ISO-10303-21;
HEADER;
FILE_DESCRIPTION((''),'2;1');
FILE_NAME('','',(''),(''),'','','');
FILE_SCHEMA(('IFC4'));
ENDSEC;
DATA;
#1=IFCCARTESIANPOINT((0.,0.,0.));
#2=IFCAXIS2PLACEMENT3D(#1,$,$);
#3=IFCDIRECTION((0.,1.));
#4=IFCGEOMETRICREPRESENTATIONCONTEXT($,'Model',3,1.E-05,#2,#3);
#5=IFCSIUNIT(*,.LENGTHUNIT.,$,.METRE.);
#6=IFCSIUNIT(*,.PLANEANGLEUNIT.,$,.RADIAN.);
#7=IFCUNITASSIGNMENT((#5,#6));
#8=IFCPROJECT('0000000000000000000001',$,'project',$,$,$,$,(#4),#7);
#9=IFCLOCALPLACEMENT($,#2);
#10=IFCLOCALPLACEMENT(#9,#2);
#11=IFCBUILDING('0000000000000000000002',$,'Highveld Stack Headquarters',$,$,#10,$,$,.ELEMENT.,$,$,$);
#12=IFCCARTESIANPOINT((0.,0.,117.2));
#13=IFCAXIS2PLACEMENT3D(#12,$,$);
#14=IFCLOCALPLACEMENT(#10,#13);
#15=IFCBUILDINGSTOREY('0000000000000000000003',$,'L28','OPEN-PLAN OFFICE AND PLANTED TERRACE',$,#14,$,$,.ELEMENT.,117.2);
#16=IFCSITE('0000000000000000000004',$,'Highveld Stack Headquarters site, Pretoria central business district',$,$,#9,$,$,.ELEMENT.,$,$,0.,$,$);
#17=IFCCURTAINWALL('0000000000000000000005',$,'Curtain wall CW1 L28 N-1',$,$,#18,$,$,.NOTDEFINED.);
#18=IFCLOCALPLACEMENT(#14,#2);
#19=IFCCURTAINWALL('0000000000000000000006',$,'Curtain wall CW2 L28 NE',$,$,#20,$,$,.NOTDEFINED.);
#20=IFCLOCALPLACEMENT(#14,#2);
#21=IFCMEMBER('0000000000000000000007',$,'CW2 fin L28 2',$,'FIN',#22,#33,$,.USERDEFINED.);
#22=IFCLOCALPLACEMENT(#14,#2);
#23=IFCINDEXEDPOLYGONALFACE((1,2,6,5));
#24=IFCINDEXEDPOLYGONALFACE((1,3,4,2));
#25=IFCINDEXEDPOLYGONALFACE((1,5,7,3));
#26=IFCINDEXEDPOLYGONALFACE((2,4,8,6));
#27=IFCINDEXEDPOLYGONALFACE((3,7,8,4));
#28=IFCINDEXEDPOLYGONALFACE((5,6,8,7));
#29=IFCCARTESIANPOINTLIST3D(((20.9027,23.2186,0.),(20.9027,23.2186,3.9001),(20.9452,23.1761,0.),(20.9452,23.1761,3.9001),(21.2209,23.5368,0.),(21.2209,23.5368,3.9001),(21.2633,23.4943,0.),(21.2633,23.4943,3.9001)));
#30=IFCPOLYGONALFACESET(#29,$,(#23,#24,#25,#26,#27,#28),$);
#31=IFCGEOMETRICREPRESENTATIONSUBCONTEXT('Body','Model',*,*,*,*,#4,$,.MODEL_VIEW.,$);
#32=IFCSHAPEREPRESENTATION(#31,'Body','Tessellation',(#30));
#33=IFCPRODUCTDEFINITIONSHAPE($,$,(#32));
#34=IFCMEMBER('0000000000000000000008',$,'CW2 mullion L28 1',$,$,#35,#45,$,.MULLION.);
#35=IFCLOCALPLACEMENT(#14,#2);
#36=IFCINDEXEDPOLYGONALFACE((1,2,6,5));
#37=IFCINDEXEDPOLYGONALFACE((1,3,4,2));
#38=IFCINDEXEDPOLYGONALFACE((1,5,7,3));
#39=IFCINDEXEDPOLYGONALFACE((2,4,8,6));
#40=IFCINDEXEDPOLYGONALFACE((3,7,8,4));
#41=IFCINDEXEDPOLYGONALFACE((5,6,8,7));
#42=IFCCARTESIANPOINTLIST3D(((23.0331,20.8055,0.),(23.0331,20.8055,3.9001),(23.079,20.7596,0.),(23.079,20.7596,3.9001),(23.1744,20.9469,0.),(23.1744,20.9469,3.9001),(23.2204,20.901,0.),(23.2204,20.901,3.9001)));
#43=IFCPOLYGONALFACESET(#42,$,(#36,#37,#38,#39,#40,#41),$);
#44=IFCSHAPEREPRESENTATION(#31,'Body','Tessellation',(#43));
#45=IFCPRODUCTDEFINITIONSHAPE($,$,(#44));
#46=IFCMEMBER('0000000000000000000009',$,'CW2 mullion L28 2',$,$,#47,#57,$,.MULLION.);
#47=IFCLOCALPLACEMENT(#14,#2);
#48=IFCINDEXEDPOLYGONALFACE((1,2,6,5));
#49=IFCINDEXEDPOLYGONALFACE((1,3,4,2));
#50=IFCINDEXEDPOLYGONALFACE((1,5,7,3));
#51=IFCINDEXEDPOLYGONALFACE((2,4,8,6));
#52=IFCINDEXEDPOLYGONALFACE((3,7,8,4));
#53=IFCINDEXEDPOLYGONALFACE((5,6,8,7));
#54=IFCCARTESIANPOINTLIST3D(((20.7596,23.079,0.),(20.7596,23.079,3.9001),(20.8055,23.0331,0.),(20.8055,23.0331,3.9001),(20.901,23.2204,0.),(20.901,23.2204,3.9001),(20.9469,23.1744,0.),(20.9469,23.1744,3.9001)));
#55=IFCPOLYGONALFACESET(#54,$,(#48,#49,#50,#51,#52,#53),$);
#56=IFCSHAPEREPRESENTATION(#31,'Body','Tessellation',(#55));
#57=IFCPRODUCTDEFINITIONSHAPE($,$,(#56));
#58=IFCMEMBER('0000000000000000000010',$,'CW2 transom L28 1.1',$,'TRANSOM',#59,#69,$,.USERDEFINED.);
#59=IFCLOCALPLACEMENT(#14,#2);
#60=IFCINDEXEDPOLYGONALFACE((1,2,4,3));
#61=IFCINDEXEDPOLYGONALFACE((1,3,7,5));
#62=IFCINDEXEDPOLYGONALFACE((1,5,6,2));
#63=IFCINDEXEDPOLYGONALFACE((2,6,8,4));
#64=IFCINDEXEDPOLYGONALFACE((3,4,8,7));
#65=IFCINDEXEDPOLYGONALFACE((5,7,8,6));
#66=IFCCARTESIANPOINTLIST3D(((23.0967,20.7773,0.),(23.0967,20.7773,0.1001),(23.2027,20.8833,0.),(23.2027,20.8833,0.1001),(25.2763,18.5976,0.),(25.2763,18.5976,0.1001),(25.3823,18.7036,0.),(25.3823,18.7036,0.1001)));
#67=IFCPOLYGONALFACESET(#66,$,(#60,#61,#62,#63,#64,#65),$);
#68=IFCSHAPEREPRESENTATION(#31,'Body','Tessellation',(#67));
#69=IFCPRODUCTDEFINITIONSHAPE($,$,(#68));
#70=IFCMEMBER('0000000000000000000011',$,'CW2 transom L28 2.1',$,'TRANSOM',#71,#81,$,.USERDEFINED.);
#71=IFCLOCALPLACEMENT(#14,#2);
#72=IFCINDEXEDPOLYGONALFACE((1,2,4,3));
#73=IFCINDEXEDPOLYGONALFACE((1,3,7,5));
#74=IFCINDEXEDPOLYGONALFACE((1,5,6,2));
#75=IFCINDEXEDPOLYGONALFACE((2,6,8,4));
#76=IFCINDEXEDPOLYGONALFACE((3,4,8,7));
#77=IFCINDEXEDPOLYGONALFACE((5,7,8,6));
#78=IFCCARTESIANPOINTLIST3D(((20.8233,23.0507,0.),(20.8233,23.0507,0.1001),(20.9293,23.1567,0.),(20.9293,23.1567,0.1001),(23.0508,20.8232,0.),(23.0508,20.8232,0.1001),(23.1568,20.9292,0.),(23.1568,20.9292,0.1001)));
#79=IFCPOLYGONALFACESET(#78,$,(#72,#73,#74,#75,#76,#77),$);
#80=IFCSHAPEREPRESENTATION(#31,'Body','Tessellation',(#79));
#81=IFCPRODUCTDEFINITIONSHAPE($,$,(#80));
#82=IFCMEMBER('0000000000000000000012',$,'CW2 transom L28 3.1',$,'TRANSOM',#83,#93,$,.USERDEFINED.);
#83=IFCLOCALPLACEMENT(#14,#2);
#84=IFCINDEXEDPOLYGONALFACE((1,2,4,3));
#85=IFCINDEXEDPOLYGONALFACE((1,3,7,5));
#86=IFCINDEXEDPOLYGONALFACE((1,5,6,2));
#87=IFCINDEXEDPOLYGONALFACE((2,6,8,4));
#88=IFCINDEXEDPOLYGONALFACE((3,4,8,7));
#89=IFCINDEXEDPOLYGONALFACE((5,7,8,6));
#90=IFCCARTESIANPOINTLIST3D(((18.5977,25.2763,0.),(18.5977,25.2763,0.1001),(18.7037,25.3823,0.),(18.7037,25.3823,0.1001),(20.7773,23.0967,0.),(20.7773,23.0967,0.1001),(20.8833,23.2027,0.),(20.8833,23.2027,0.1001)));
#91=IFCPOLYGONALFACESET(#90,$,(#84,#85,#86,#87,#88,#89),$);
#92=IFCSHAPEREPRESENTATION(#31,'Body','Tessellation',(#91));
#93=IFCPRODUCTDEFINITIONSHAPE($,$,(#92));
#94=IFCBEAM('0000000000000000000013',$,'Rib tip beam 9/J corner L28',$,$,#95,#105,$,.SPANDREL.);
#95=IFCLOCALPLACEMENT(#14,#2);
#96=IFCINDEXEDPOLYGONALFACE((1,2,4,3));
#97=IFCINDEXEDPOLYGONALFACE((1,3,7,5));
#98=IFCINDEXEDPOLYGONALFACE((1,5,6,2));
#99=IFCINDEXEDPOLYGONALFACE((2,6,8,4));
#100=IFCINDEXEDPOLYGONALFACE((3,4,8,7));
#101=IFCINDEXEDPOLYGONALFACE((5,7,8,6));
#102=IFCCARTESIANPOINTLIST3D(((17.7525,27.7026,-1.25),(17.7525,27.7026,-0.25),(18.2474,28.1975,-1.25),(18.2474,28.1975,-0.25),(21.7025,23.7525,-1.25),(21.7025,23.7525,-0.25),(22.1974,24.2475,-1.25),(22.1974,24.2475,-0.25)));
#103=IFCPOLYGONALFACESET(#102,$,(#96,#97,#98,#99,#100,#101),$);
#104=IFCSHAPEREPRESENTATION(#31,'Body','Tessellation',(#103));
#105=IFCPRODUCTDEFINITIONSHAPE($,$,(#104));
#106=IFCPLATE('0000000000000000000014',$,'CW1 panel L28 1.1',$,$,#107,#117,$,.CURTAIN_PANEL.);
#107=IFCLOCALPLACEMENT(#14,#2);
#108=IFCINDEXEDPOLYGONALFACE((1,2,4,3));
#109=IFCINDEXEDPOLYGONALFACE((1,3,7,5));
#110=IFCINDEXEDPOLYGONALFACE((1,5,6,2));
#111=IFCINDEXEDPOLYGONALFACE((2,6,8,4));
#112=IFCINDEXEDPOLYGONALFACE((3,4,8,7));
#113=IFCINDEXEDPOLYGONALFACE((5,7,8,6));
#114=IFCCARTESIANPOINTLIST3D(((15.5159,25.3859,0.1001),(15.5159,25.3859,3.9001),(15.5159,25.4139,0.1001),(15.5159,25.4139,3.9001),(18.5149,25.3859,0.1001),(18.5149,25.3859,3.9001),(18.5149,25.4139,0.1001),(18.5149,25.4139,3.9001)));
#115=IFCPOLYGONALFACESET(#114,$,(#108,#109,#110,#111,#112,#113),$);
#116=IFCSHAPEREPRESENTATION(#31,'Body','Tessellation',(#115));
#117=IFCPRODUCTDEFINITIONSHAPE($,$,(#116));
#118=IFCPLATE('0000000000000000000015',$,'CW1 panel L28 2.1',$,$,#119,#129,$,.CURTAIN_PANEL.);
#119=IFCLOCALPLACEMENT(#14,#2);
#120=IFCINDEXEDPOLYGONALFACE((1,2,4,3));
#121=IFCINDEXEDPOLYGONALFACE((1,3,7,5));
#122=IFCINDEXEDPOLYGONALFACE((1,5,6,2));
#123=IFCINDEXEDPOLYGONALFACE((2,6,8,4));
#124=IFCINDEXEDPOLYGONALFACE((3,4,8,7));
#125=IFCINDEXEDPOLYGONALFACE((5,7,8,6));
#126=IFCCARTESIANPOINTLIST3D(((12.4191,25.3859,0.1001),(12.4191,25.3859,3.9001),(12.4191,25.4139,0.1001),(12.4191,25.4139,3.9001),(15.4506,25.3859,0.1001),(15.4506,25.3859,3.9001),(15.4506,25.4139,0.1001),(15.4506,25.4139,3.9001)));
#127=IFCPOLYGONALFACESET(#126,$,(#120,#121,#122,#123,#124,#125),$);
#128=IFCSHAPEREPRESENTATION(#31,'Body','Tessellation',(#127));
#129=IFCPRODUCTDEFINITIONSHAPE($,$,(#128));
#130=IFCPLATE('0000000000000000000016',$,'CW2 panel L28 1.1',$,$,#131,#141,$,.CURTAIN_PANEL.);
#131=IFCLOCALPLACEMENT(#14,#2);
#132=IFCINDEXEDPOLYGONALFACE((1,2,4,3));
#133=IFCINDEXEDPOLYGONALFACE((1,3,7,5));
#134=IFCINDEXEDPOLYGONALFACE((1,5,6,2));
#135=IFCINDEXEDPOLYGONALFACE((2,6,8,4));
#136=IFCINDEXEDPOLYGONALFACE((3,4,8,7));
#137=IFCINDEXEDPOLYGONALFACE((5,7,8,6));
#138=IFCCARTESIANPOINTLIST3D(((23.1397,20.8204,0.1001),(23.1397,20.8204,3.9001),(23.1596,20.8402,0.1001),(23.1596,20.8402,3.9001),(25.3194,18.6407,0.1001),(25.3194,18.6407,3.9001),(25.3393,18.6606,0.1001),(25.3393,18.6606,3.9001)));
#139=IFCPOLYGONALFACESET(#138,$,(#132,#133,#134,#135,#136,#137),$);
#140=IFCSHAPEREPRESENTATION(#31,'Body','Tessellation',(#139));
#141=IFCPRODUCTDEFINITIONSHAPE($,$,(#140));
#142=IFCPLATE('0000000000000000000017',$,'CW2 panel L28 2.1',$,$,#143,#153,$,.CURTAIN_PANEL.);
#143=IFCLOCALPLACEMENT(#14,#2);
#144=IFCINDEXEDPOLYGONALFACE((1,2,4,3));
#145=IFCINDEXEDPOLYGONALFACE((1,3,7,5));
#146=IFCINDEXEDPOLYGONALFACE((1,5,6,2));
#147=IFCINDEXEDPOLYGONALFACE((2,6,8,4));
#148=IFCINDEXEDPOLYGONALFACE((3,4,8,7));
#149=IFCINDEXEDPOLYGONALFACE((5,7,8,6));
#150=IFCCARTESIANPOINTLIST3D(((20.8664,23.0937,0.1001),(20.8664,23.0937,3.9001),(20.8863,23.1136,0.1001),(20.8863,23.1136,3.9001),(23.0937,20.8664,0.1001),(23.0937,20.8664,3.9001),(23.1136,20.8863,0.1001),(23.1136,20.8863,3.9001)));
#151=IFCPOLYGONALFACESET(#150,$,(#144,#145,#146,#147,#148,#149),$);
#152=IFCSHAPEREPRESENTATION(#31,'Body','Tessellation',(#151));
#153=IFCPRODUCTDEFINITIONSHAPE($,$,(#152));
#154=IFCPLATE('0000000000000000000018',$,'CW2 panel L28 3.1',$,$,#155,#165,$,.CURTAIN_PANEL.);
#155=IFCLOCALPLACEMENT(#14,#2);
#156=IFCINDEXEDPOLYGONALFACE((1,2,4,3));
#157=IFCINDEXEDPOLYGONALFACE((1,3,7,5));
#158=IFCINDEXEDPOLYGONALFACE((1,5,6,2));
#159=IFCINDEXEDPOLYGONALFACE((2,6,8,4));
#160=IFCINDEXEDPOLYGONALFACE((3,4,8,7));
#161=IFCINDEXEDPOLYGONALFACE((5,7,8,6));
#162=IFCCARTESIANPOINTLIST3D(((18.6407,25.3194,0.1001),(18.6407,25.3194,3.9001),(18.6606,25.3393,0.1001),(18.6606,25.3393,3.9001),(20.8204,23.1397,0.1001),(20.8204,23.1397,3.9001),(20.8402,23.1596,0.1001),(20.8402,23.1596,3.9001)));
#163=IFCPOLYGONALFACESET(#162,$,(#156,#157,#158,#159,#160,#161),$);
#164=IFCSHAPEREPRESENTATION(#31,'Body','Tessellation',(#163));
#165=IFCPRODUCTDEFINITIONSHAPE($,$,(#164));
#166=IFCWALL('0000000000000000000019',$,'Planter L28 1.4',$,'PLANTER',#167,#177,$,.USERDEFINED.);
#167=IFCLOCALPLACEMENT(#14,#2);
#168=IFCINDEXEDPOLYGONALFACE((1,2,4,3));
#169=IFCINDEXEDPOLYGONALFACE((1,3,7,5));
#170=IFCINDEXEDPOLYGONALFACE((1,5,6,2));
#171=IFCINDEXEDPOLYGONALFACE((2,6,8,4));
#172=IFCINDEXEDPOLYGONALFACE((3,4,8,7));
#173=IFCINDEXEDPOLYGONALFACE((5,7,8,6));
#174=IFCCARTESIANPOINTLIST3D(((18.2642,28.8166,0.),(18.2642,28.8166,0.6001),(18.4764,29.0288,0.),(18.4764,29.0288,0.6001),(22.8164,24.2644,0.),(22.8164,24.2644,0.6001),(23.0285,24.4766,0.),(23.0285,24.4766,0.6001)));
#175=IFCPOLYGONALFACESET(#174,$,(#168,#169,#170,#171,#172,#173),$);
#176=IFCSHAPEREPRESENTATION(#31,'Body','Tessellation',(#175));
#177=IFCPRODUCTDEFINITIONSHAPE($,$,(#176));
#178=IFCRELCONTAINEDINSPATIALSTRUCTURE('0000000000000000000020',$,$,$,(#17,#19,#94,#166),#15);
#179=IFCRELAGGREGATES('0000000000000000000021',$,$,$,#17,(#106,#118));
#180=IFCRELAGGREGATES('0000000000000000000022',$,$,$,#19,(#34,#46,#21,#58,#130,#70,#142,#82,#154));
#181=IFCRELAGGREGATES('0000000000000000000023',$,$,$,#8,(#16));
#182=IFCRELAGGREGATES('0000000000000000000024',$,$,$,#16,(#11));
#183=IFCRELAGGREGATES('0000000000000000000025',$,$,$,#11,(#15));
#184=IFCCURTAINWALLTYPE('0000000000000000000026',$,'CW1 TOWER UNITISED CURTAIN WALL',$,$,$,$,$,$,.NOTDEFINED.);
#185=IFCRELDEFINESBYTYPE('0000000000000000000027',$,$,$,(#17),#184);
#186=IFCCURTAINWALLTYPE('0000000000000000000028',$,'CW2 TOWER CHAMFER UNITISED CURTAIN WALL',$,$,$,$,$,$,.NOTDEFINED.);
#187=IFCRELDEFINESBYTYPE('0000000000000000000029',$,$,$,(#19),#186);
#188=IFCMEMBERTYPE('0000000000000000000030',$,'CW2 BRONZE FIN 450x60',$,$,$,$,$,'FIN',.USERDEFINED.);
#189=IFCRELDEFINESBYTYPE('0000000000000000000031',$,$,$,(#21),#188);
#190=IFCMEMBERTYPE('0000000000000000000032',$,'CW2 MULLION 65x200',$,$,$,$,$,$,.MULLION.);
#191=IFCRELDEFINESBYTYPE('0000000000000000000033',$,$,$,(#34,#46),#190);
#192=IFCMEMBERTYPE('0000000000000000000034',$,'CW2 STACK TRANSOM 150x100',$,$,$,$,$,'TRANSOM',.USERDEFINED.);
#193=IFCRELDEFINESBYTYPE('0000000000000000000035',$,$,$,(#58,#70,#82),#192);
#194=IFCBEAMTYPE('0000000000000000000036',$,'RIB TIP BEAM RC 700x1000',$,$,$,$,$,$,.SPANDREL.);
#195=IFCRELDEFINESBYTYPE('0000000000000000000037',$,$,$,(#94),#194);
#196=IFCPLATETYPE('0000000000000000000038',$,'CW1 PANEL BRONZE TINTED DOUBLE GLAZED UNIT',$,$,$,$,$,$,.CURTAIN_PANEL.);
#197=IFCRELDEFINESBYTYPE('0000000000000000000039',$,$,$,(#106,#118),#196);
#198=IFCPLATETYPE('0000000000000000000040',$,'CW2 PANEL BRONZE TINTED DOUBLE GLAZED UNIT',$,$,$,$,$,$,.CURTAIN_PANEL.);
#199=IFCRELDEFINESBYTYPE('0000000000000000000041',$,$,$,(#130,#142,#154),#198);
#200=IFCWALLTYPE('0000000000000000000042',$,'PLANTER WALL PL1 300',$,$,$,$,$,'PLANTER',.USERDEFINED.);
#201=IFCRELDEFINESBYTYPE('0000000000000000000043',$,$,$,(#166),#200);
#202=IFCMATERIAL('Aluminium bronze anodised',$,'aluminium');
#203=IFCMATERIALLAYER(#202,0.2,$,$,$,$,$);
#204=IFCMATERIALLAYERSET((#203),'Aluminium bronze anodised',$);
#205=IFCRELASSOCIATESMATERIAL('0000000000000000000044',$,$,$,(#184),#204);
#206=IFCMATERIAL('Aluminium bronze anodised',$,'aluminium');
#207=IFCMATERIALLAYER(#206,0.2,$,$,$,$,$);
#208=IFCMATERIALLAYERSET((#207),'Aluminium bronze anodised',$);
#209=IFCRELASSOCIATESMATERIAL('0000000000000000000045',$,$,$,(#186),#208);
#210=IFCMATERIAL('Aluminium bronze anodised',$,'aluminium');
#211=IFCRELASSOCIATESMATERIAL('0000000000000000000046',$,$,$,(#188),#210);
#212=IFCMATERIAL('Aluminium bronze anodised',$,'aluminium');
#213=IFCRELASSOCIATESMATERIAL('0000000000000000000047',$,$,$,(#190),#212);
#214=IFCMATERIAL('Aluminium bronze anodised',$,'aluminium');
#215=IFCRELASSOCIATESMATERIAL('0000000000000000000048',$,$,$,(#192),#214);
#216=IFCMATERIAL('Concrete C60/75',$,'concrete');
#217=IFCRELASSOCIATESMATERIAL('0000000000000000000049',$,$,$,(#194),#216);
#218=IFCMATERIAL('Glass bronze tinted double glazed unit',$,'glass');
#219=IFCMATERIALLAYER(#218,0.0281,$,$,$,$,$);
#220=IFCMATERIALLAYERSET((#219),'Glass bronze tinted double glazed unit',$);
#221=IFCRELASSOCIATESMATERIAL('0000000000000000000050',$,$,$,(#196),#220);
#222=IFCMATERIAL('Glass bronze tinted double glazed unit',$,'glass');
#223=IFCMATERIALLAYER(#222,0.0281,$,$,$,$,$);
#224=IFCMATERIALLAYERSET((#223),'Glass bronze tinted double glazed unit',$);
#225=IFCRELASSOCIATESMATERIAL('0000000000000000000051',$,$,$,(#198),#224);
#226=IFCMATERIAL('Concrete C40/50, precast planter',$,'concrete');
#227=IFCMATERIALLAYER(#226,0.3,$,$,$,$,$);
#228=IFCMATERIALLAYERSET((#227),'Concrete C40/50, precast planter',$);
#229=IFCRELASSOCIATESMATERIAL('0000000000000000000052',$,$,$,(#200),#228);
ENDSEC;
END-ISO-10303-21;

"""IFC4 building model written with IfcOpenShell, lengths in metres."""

from ifc_helpers import new_model, si_unit, direction, frame, frame_2d, origin, origin_2d, place, context, subcontext, project, spatial, rectangle, extrude, material, layer, layer_set, material_profile, profile_set, type_object, element, aggregate, save


model = new_model("IFC4")

# Units and contexts
model_context = context("Model", 3, precision=1e-05, world=origin(), true_north=direction((0.0, 1.0)))
body_context = subcontext(model_context, "Body", "Model", "MODEL_VIEW")
ifc_project = project(units=[si_unit("LENGTHUNIT", "METRE"), si_unit("PLANEANGLEUNIT", "RADIAN")], contexts=[model_context])

# Site, building, storey
site_placement = place(None, origin())
site = spatial("IfcSite", under=ifc_project, at=site_placement, Name="Highveld Stack Headquarters site, Pretoria central business district", CompositionType="ELEMENT", RefElevation=0.0)
building_placement = place(site_placement, origin())
building = spatial("IfcBuilding", under=site, at=building_placement, Name="Highveld Stack Headquarters", CompositionType="ELEMENT")
storey_placement = place(building_placement, frame((0.0, 0.0, 117.2)))
storey = spatial("IfcBuildingStorey", under=building, at=storey_placement, Name="L28", Description="OPEN-PLAN OFFICE AND PLANTED TERRACE", CompositionType="ELEMENT", Elevation=117.2)

# Curtain walls, members
ifc_material_1 = material(Name="Aluminium bronze anodised", Category="aluminium")
ifc_layer_1 = layer(ifc_material_1, 0.2)
ifc_layer_set_1 = layer_set([ifc_layer_1], Name="Aluminium bronze anodised")
curtain_wall_type_1 = type_object("IfcCurtainWallType", Name="CW1 TOWER UNITISED CURTAIN WALL", PredefinedType="NOTDEFINED", material=ifc_layer_set_1)
curtain_wall_1_placement = place(storey_placement, origin())
curtain_wall_1 = element("IfcCurtainWall", 1, at=curtain_wall_1_placement, inside=storey, type_object=curtain_wall_type_1, Name="Curtain wall CW1 L28 N-1", PredefinedType="NOTDEFINED")
ifc_material_2 = material(Name="Aluminium bronze anodised", Category="aluminium")
ifc_layer_2 = layer(ifc_material_2, 0.2)
ifc_layer_set_2 = layer_set([ifc_layer_2], Name="Aluminium bronze anodised")
curtain_wall_type_2 = type_object("IfcCurtainWallType", Name="CW2 TOWER CHAMFER UNITISED CURTAIN WALL", PredefinedType="NOTDEFINED", material=ifc_layer_set_2)
curtain_wall_2_placement = place(storey_placement, origin())
curtain_wall_2 = element("IfcCurtainWall", 2, at=curtain_wall_2_placement, inside=storey, type_object=curtain_wall_type_2, Name="Curtain wall CW2 L28 NE", PredefinedType="NOTDEFINED")
ifc_material_3 = material(Name="Aluminium bronze anodised", Category="aluminium")
ifc_material_profile_1 = material_profile(ifc_material_3, rectangle(XDim=0.45, YDim=0.0601, at=origin_2d()), Name="FIN 450x60")
ifc_profile_set_1 = profile_set([ifc_material_profile_1], Name="Aluminium bronze anodised")
member_type_1 = type_object("IfcMemberType", Name="CW2 BRONZE FIN 450x60", ElementType="FIN", PredefinedType="USERDEFINED", material=ifc_profile_set_1)
member_1_placement = place(storey_placement, frame((21.083, 23.3564, 0.0), z_axis=(0.0, 0.0, 1.0), x_axis=(-0.707107, -0.707107, 0.0)))
member_1 = element("IfcMember", 3, at=member_1_placement, type_object=member_type_1, Name="CW2 fin L28 2", ObjectType="FIN", PredefinedType="USERDEFINED", context=body_context, shape_type="SweptSolid", body=[
    extrude(rectangle(XDim=0.45, YDim=0.0601, at=origin_2d()), origin(), (0.0, 0.0, 1.0), 3.9001),
])
ifc_material_4 = material(Name="Aluminium bronze anodised", Category="aluminium")
ifc_material_profile_2 = material_profile(ifc_material_4, rectangle(XDim=0.2, YDim=0.0649, at=origin_2d()), Name="CW2 MULLION 65x200")
ifc_profile_set_2 = profile_set([ifc_material_profile_2], Name="Aluminium bronze anodised")
member_type_2 = type_object("IfcMemberType", Name="CW2 MULLION 65x200", PredefinedType="MULLION", material=ifc_profile_set_2)
member_2_placement = place(storey_placement, frame((23.1267, 20.8533, 0.0), z_axis=(0.0, 0.0, 1.0), x_axis=(-0.707107, -0.707107, 0.0)))
member_2 = element("IfcMember", 4, at=member_2_placement, type_object=member_type_2, Name="CW2 mullion L28 1", PredefinedType="MULLION", context=body_context, shape_type="SweptSolid", body=[
    extrude(rectangle(XDim=0.2, YDim=0.0649, at=origin_2d()), origin(), (0.0, 0.0, 1.0), 3.9001),
])
member_3_placement = place(storey_placement, frame((20.8533, 23.1267, 0.0), z_axis=(0.0, 0.0, 1.0), x_axis=(-0.707107, -0.707107, 0.0)))
member_3 = element("IfcMember", 5, at=member_3_placement, type_object=member_type_2, Name="CW2 mullion L28 2", PredefinedType="MULLION", context=body_context, shape_type="SweptSolid", body=[
    extrude(rectangle(XDim=0.2, YDim=0.0649, at=origin_2d()), origin(), (0.0, 0.0, 1.0), 3.9001),
])
ifc_material_5 = material(Name="Aluminium bronze anodised", Category="aluminium")
ifc_material_profile_3 = material_profile(ifc_material_5, rectangle(XDim=0.1499, YDim=0.1001, at=origin_2d()), Name="CW2 TRANSOM 150x100")
ifc_profile_set_3 = profile_set([ifc_material_profile_3], Name="Aluminium bronze anodised")
member_type_3 = type_object("IfcMemberType", Name="CW2 STACK TRANSOM 150x100", ElementType="TRANSOM", PredefinedType="USERDEFINED", material=ifc_profile_set_3)
member_4_placement = place(storey_placement, frame((25.3293, 18.6506, 0.05), z_axis=(-0.707107, 0.707107, 0.0), x_axis=(-0.707107, -0.707107, 0.0)))
member_4 = element("IfcMember", 6, at=member_4_placement, type_object=member_type_3, Name="CW2 transom L28 1.1", ObjectType="TRANSOM", PredefinedType="USERDEFINED", context=body_context, shape_type="SweptSolid", body=[
    extrude(rectangle(XDim=0.1499, YDim=0.1001, at=origin_2d()), origin(), (0.0, 0.0, 1.0), 3.0825),
])
member_5_placement = place(storey_placement, frame((23.1038, 20.8762, 0.05), z_axis=(-0.707107, 0.707107, 0.0), x_axis=(-0.707107, -0.707107, 0.0)))
member_5 = element("IfcMember", 7, at=member_5_placement, type_object=member_type_3, Name="CW2 transom L28 2.1", ObjectType="TRANSOM", PredefinedType="USERDEFINED", context=body_context, shape_type="SweptSolid", body=[
    extrude(rectangle(XDim=0.1499, YDim=0.1001, at=origin_2d()), origin(), (0.0, 0.0, 1.0), 3.1501),
])
member_6_placement = place(storey_placement, frame((20.8303, 23.1497, 0.05), z_axis=(-0.707107, 0.707107, 0.0), x_axis=(-0.707107, -0.707107, 0.0)))
member_6 = element("IfcMember", 8, at=member_6_placement, type_object=member_type_3, Name="CW2 transom L28 3.1", ObjectType="TRANSOM", PredefinedType="USERDEFINED", context=body_context, shape_type="SweptSolid", body=[
    extrude(rectangle(XDim=0.1499, YDim=0.1001, at=origin_2d()), origin(), (0.0, 0.0, 1.0), 3.0825),
])

# Beam
ifc_material_6 = material(Name="Concrete C60/75", Category="concrete")
ifc_material_profile_4 = material_profile(ifc_material_6, rectangle(XDim=0.7, YDim=1.0, at=origin_2d()), Name="RC 700x1000")
ifc_profile_set_4 = profile_set([ifc_material_profile_4], Name="Concrete C60/75")
beam_type_1 = type_object("IfcBeamType", Name="RIB TIP BEAM RC 700x1000", PredefinedType="SPANDREL", material=ifc_profile_set_4)
beam_1_placement = place(storey_placement, frame((21.95, 24.0, -0.75), z_axis=(-0.707107, 0.707107, 0.0), x_axis=(-0.707107, -0.707107, 0.0)))
element("IfcBeam", 9, at=beam_1_placement, inside=storey, type_object=beam_type_1, Name="Rib tip beam 9/J corner L28", PredefinedType="SPANDREL", context=body_context, shape_type="SweptSolid", body=[
    extrude(rectangle(XDim=0.7, YDim=1.0, at=origin_2d()), origin(), (0.0, 0.0, 1.0), 5.5862),
])

# Plates
ifc_material_7 = material(Name="Glass bronze tinted double glazed unit", Category="glass")
ifc_layer_3 = layer(ifc_material_7, 0.0281)
ifc_layer_set_3 = layer_set([ifc_layer_3], Name="Glass bronze tinted double glazed unit")
plate_type_1 = type_object("IfcPlateType", Name="CW1 PANEL BRONZE TINTED DOUBLE GLAZED UNIT", PredefinedType="CURTAIN_PANEL", material=ifc_layer_set_3)
plate_1_placement = place(storey_placement, frame((17.0154, 25.3999, 0.1001), z_axis=(0.0, 0.0, 1.0), x_axis=(-1.0, 0.0, 0.0)))
plate_1 = element("IfcPlate", 10, at=plate_1_placement, type_object=plate_type_1, Name="CW1 panel L28 1.1", PredefinedType="CURTAIN_PANEL", context=body_context, shape_type="SweptSolid", body=[
    extrude(rectangle(XDim=2.999, YDim=0.0281, at=origin_2d()), origin(), (0.0, 0.0, 1.0), 3.8),
])
plate_2_placement = place(storey_placement, frame((13.9348, 25.3999, 0.1001), z_axis=(0.0, 0.0, 1.0), x_axis=(-1.0, 0.0, 0.0)))
plate_2 = element("IfcPlate", 11, at=plate_2_placement, type_object=plate_type_1, Name="CW1 panel L28 2.1", PredefinedType="CURTAIN_PANEL", context=body_context, shape_type="SweptSolid", body=[
    extrude(rectangle(XDim=3.0315, YDim=0.0281, at=origin_2d()), origin(), (0.0, 0.0, 1.0), 3.8),
])
aggregate(curtain_wall_1, [plate_1, plate_2])
ifc_material_8 = material(Name="Glass bronze tinted double glazed unit", Category="glass")
ifc_layer_4 = layer(ifc_material_8, 0.0281)
ifc_layer_set_4 = layer_set([ifc_layer_4], Name="Glass bronze tinted double glazed unit")
plate_type_2 = type_object("IfcPlateType", Name="CW2 PANEL BRONZE TINTED DOUBLE GLAZED UNIT", PredefinedType="CURTAIN_PANEL", material=ifc_layer_set_4)
plate_3_placement = place(storey_placement, frame((24.2395, 19.7405, 0.1001), z_axis=(0.0, 0.0, 1.0), x_axis=(-0.707107, 0.707107, 0.0)))
plate_3 = element("IfcPlate", 12, at=plate_3_placement, type_object=plate_type_2, Name="CW2 panel L28 1.1", PredefinedType="CURTAIN_PANEL", context=body_context, shape_type="SweptSolid", body=[
    extrude(rectangle(XDim=3.0825, YDim=0.0281, at=origin_2d()), origin(), (0.0, 0.0, 1.0), 3.8),
])
plate_4_placement = place(storey_placement, frame((21.99, 21.99, 0.1001), z_axis=(0.0, 0.0, 1.0), x_axis=(-0.707107, 0.707107, 0.0)))
plate_4 = element("IfcPlate", 13, at=plate_4_placement, type_object=plate_type_2, Name="CW2 panel L28 2.1", PredefinedType="CURTAIN_PANEL", context=body_context, shape_type="SweptSolid", body=[
    extrude(rectangle(XDim=3.1499, YDim=0.0281, at=origin_2d()), origin(), (0.0, 0.0, 1.0), 3.8),
])
plate_5_placement = place(storey_placement, frame((19.7405, 24.2395, 0.1001), z_axis=(0.0, 0.0, 1.0), x_axis=(-0.707107, 0.707107, 0.0)))
plate_5 = element("IfcPlate", 14, at=plate_5_placement, type_object=plate_type_2, Name="CW2 panel L28 3.1", PredefinedType="CURTAIN_PANEL", context=body_context, shape_type="SweptSolid", body=[
    extrude(rectangle(XDim=3.0825, YDim=0.0281, at=origin_2d()), origin(), (0.0, 0.0, 1.0), 3.8),
])
aggregate(curtain_wall_2, [member_2, member_3, member_1, member_4, plate_3, member_5, plate_4, member_6, plate_5])

# Wall
ifc_material_9 = material(Name="Concrete C40/50, precast planter", Category="concrete")
ifc_layer_5 = layer(ifc_material_9, 0.3)
ifc_layer_set_5 = layer_set([ifc_layer_5], Name="Concrete C40/50, precast planter")
wall_type = type_object("IfcWallType", Name="PLANTER WALL PL1 300", ElementType="PLANTER", PredefinedType="USERDEFINED", material=ifc_layer_set_5)
wall_placement = place(storey_placement, frame((18.3704, 28.9226, 0.0), z_axis=(0.0, 0.0, 1.0), x_axis=(0.707107, -0.707107, 0.0)))
element("IfcWall", 15, at=wall_placement, inside=storey, type_object=wall_type, Name="Planter L28 1.4", ObjectType="PLANTER", PredefinedType="USERDEFINED", context=body_context, shape_type="SweptSolid", body=[
    extrude(rectangle(XDim=6.4377, YDim=0.3, at=frame_2d((3.2188, 0.0))), origin(), (0.0, 0.0, 1.0), 0.6001),
])

save(model, "model.ifc")
